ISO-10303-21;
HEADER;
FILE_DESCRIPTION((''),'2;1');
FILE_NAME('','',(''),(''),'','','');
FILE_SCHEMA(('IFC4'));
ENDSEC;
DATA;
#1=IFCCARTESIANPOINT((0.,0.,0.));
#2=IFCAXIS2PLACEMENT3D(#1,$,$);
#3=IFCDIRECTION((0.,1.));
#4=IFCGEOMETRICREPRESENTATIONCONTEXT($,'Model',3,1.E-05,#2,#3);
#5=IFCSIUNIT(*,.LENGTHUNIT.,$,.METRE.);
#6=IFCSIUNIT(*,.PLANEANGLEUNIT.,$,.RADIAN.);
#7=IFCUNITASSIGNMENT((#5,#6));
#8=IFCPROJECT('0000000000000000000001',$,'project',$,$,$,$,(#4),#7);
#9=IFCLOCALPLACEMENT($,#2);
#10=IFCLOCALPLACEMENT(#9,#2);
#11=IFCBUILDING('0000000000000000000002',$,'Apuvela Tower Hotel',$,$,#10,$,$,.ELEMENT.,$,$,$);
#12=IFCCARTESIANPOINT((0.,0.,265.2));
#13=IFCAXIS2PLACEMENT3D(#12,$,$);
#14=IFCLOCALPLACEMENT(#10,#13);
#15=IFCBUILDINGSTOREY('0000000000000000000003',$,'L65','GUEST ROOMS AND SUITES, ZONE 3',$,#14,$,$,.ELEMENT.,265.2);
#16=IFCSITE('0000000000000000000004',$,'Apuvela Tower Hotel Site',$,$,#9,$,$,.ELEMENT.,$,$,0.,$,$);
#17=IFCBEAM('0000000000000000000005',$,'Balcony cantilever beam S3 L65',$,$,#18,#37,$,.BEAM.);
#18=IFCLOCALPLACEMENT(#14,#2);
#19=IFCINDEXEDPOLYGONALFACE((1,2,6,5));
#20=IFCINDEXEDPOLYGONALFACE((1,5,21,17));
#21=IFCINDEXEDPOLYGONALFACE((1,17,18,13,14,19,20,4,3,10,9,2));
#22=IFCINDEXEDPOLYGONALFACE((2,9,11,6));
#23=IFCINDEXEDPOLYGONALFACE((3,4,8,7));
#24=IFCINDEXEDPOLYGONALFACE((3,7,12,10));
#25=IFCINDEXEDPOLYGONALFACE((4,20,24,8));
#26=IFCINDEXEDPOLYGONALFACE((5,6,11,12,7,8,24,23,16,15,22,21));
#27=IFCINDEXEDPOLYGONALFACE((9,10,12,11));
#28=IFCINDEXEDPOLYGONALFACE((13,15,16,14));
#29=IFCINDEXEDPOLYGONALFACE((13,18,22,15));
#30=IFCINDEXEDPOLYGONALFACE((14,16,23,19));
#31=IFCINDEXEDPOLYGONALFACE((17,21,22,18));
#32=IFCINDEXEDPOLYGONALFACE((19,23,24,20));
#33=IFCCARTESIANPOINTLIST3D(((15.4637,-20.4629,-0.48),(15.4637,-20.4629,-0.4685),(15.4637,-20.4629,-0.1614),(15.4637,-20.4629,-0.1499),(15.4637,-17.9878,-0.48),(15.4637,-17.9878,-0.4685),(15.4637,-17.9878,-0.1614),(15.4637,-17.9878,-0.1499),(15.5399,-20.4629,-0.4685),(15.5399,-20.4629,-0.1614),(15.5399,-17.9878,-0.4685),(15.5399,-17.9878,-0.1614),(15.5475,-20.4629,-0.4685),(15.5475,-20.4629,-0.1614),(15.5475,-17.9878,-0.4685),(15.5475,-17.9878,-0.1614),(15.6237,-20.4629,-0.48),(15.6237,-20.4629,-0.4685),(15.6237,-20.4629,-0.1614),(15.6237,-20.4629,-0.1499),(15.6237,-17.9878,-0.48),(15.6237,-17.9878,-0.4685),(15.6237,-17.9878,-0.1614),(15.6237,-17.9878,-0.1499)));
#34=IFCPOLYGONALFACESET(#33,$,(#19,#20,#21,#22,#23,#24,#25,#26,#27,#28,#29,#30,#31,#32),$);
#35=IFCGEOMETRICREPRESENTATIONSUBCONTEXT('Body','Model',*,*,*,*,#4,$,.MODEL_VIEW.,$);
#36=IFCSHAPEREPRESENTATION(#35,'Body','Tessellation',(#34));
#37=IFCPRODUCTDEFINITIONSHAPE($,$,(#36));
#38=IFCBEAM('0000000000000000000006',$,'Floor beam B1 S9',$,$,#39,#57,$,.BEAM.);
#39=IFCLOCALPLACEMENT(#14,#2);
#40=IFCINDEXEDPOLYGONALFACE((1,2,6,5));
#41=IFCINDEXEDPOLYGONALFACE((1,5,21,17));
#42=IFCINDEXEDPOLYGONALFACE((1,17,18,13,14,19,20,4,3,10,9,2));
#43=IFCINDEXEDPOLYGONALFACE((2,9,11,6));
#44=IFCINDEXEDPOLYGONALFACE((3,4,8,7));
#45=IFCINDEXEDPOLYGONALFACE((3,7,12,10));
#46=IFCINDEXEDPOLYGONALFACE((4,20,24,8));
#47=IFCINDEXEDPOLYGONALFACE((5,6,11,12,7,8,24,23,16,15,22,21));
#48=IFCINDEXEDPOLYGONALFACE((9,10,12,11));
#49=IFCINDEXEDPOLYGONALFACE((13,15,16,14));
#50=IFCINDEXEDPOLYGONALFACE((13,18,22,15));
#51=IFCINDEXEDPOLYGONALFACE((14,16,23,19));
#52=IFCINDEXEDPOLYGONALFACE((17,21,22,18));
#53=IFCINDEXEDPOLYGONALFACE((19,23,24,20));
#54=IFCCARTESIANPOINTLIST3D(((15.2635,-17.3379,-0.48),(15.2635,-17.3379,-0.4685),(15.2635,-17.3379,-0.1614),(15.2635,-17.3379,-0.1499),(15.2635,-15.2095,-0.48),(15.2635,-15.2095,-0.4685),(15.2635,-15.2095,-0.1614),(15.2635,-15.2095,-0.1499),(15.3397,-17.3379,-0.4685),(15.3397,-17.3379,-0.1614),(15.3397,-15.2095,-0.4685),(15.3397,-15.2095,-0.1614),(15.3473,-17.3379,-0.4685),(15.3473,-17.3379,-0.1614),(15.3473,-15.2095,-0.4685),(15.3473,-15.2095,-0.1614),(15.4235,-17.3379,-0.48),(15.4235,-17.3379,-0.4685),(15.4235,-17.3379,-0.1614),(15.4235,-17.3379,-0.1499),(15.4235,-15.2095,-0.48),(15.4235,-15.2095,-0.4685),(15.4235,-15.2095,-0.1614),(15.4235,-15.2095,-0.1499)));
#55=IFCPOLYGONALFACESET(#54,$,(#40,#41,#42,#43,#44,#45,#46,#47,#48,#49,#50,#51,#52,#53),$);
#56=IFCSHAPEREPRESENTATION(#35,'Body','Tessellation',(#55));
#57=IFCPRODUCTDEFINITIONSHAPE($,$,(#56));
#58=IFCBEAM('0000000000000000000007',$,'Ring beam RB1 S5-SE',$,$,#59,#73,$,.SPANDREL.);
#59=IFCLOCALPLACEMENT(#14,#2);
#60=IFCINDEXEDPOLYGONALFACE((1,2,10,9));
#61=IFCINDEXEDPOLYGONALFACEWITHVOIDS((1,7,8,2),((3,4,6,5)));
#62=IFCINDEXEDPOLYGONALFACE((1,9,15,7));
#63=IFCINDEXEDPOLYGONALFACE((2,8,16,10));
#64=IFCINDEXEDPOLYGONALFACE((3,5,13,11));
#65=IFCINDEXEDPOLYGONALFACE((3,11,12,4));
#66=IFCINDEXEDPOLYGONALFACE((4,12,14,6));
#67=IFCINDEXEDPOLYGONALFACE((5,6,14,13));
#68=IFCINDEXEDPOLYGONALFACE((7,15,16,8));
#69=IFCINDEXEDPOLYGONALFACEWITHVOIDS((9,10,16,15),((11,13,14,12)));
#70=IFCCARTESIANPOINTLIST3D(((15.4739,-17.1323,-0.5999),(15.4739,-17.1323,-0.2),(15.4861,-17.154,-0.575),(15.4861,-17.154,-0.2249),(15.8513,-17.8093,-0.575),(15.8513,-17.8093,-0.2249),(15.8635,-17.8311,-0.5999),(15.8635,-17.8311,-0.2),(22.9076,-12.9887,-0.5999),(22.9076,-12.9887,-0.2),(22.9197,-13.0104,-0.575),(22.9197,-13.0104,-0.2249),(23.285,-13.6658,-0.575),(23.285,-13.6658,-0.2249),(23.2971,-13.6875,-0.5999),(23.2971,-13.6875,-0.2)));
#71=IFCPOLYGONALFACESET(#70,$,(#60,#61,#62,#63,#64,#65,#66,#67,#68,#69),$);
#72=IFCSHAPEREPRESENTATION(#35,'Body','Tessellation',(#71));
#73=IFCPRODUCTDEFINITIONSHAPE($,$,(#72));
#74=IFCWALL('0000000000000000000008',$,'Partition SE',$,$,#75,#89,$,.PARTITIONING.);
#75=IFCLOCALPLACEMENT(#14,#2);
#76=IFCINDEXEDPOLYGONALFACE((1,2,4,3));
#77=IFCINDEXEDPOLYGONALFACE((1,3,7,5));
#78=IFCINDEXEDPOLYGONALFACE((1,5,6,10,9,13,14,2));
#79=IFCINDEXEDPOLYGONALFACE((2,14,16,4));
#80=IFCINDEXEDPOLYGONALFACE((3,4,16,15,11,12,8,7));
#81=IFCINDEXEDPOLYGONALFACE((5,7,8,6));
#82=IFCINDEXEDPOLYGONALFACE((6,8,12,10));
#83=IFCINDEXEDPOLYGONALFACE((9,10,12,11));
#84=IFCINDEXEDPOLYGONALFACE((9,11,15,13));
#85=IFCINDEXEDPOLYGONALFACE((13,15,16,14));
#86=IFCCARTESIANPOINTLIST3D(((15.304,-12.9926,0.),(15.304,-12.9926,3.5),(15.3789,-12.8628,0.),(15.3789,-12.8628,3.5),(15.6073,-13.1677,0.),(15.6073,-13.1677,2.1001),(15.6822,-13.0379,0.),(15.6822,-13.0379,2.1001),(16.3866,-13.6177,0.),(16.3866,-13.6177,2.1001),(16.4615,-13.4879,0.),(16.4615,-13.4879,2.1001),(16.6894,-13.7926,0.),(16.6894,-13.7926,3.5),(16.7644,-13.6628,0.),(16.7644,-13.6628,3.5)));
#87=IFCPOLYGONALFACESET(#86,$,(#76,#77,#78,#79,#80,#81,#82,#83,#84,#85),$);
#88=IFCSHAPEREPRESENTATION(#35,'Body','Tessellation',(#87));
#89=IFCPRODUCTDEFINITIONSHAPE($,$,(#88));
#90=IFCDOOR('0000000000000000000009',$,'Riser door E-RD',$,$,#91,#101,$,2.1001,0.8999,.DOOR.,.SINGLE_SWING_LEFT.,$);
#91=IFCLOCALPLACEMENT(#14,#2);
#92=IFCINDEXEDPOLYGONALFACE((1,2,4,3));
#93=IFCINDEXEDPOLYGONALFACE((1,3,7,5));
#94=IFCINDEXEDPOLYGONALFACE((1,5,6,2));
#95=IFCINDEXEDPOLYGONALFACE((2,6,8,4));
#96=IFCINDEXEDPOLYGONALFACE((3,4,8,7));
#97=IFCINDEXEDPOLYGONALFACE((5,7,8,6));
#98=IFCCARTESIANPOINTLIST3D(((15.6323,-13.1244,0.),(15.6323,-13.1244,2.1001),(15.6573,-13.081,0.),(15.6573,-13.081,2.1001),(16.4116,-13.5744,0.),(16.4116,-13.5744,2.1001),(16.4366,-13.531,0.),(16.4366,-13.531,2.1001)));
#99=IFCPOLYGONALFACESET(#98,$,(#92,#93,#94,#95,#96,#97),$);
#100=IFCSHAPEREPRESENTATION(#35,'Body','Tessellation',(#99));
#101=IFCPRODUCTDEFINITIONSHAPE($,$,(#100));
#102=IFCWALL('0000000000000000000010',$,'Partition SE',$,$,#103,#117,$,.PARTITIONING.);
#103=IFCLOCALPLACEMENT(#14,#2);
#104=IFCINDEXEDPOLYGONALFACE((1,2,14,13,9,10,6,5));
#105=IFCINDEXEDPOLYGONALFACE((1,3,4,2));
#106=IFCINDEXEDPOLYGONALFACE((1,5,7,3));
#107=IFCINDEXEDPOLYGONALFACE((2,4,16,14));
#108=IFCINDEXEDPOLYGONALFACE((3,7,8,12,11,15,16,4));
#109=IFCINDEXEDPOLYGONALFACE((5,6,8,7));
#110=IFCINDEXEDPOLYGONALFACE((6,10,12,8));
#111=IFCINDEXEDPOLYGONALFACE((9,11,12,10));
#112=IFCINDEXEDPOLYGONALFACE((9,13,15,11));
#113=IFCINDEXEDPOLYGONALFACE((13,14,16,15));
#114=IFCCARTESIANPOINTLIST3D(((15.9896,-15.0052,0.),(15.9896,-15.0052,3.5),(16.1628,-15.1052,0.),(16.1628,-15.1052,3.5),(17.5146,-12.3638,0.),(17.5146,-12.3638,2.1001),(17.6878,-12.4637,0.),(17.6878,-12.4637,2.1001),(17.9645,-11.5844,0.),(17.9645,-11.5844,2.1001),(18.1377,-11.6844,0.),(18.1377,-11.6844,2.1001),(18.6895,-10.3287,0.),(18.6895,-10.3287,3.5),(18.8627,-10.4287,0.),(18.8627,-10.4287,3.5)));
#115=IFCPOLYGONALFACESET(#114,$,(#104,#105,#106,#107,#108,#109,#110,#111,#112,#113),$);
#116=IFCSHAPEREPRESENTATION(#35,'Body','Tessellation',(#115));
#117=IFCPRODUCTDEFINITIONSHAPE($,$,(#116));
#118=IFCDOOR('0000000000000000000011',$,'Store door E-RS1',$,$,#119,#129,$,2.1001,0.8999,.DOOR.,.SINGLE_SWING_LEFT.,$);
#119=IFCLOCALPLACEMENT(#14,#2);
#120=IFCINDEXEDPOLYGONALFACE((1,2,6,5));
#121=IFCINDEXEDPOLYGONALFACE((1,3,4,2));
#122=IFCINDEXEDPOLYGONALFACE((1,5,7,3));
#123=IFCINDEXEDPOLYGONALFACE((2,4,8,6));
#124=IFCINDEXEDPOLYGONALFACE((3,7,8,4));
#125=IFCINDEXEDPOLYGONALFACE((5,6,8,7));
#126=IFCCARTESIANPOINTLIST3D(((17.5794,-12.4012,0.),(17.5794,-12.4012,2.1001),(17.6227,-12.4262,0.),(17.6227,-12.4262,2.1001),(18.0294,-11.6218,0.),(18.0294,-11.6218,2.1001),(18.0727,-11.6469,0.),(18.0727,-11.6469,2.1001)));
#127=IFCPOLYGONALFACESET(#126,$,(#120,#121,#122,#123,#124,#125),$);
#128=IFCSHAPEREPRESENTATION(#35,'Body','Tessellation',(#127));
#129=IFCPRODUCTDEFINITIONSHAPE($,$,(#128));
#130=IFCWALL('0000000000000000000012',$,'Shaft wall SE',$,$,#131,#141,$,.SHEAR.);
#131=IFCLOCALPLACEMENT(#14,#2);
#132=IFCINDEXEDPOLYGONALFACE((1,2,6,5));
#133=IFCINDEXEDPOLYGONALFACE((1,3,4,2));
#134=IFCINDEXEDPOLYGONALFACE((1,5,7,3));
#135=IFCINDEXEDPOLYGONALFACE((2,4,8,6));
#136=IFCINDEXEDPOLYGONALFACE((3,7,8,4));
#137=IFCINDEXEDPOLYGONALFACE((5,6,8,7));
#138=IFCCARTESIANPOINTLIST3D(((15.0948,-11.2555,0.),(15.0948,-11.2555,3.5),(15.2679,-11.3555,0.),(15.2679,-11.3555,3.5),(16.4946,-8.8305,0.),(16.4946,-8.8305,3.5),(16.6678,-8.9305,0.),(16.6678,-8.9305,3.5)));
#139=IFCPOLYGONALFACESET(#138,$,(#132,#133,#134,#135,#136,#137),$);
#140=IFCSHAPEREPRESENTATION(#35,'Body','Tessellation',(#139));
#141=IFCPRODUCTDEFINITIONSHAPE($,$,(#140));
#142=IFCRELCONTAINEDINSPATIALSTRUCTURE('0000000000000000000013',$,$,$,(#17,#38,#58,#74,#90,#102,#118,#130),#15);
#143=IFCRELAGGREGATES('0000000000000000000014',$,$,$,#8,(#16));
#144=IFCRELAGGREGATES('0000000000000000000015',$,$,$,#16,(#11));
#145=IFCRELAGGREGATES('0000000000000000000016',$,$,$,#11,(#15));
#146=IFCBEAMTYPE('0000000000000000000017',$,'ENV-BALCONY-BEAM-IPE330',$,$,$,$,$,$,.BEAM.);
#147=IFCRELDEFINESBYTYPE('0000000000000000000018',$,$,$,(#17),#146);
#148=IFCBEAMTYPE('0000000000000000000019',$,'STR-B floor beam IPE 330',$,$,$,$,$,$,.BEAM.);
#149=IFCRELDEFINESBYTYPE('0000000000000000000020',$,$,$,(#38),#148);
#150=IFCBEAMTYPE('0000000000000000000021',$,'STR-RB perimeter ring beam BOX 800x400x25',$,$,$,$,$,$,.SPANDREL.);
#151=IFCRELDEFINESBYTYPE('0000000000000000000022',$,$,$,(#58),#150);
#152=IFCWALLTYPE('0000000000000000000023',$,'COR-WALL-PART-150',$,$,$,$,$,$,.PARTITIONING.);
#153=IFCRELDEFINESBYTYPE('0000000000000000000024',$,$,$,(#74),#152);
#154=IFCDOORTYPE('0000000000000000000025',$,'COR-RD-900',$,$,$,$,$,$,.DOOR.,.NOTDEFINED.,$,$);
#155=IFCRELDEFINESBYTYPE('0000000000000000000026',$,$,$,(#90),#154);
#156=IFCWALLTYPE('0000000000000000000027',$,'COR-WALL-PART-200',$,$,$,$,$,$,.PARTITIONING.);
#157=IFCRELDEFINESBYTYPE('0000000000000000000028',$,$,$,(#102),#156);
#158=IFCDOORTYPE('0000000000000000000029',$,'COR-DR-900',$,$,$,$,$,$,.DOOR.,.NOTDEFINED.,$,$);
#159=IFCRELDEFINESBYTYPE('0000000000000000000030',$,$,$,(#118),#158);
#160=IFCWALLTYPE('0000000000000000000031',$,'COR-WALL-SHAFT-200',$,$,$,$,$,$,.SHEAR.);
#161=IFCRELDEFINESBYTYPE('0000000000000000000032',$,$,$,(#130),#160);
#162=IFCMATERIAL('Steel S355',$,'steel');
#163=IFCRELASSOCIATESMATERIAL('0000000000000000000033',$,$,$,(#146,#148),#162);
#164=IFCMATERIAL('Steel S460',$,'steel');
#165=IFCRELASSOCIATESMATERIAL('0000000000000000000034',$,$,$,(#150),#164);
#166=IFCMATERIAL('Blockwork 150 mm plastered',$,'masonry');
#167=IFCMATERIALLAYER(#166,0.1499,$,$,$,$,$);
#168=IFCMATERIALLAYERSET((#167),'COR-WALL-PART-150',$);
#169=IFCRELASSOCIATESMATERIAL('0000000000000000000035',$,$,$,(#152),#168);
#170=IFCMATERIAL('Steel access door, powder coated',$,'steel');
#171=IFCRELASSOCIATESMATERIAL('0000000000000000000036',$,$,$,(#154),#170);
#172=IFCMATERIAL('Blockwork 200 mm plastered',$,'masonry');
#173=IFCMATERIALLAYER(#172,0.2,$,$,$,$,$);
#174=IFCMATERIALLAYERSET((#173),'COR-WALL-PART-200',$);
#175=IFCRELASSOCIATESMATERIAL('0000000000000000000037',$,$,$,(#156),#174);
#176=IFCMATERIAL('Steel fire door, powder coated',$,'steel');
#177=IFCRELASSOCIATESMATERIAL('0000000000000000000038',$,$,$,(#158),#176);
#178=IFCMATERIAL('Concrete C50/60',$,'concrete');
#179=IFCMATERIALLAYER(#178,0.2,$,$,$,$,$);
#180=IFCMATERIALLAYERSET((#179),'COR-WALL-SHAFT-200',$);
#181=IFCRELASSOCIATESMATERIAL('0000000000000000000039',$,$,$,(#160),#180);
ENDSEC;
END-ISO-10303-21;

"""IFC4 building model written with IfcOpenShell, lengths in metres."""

from ifc_helpers import new_model, si_unit, direction, frame, frame_2d, origin, origin_2d, place, context, subcontext, project, spatial, rectangle, hollow_rectangle, i_section, extrude, material, layer, layer_set, material_profile, profile_set, type_object, element, fill, save


model = new_model("IFC4")

# Units and contexts
model_context = context("Model", 3, precision=1e-05, world=origin(), true_north=direction((0.0, 1.0)))
body_context = subcontext(model_context, "Body", "Model", "MODEL_VIEW")
ifc_project = project(units=[si_unit("LENGTHUNIT", "METRE"), si_unit("PLANEANGLEUNIT", "RADIAN")], contexts=[model_context])

# Site, building, storey
site_placement = place(None, origin())
site = spatial("IfcSite", under=ifc_project, at=site_placement, Name="Apuvela Tower Hotel Site", CompositionType="ELEMENT", RefElevation=0.0)
building_placement = place(site_placement, origin())
building = spatial("IfcBuilding", under=site, at=building_placement, Name="Apuvela Tower Hotel", CompositionType="ELEMENT")
storey_placement = place(building_placement, frame((0.0, 0.0, 265.2)))
storey = spatial("IfcBuildingStorey", under=building, at=storey_placement, Name="L65", Description="GUEST ROOMS AND SUITES, ZONE 3", CompositionType="ELEMENT", Elevation=265.2)

# Shared definitions
ifc_material_1 = material(Name="Steel S460", Category="steel")

# Beams
ifc_material_2 = material(Name="Steel S355", Category="steel")
ifc_material_profile_1 = material_profile(ifc_material_2, i_section(OverallWidth=0.1599, OverallDepth=0.3301, WebThickness=0.0076, FlangeThickness=0.0115, at=origin_2d()), Name="IPE 330")
ifc_profile_set_1 = profile_set([ifc_material_profile_1], Name="Steel S355")
beam_type_1 = type_object("IfcBeamType", Name="ENV-BALCONY-BEAM-IPE330", PredefinedType="BEAM", material=ifc_profile_set_1)
beam_1_placement = place(storey_placement, frame((15.5437, -17.9878, -0.3149), z_axis=(0.0, -1.0, 0.0), x_axis=(1.0, 0.0, 0.0)))
element("IfcBeam", 1, at=beam_1_placement, inside=storey, type_object=beam_type_1, Name="Balcony cantilever beam S3 L65", PredefinedType="BEAM", context=body_context, shape_type="SweptSolid", body=[
    extrude(i_section(OverallWidth=0.1599, OverallDepth=0.3301, WebThickness=0.0076, FlangeThickness=0.0115, at=origin_2d()), origin(), (0.0, 0.0, 1.0), 2.4751),
])
ifc_material_profile_2 = material_profile(ifc_material_2, i_section(OverallWidth=0.1599, OverallDepth=0.3301, WebThickness=0.0076, FlangeThickness=0.0115, at=origin_2d()), Name="IPE 330")
ifc_profile_set_2 = profile_set([ifc_material_profile_2], Name="Steel S355")
beam_type_2 = type_object("IfcBeamType", Name="STR-B floor beam IPE 330", PredefinedType="BEAM", material=ifc_profile_set_2)
beam_2_placement = place(storey_placement, frame((15.3435, -17.3379, -0.3149), z_axis=(0.0, 1.0, 0.0), x_axis=(-1.0, 0.0, 0.0)))
element("IfcBeam", 2, at=beam_2_placement, inside=storey, type_object=beam_type_2, Name="Floor beam B1 S9", PredefinedType="BEAM", context=body_context, shape_type="SweptSolid", body=[
    extrude(i_section(OverallWidth=0.1599, OverallDepth=0.3301, WebThickness=0.0076, FlangeThickness=0.0115, at=origin_2d()), origin(), (0.0, 0.0, 1.0), 2.1284),
])
ifc_material_profile_3 = material_profile(ifc_material_1, hollow_rectangle(XDim=0.8, YDim=0.3999, WallThickness=0.0249, at=origin_2d()), Name="BOX 800x400x25")
ifc_profile_set_3 = profile_set([ifc_material_profile_3], Name="Steel S460")
beam_type_3 = type_object("IfcBeamType", Name="STR-RB perimeter ring beam BOX 800x400x25", PredefinedType="SPANDREL", material=ifc_profile_set_3)
beam_3_placement = place(storey_placement, frame((15.6687, -17.4817, -0.3999), z_axis=(0.873469, 0.48688, 0.0), x_axis=(-0.48688, 0.873469, 0.0)))
element("IfcBeam", 3, at=beam_3_placement, inside=storey, type_object=beam_type_3, Name="Ring beam RB1 S5-SE", PredefinedType="SPANDREL", context=body_context, shape_type="SweptSolid", body=[
    extrude(hollow_rectangle(XDim=0.8, YDim=0.3999, WallThickness=0.0249, at=origin_2d()), origin(), (0.0, 0.0, 1.0), 8.5105),
])

# Walls, openings, doors
ifc_material_3 = material(Name="Blockwork 150 mm plastered", Category="masonry")
ifc_layer_1 = layer(ifc_material_3, 0.1499)
ifc_layer_set_1 = layer_set([ifc_layer_1], Name="COR-WALL-PART-150")
wall_type_1 = type_object("IfcWallType", Name="COR-WALL-PART-150", PredefinedType="PARTITIONING", material=ifc_layer_set_1)
wall_1_placement = place(storey_placement, frame((15.3416, -12.9277, 0.0), z_axis=(0.0, 0.0, 1.0), x_axis=(0.86599, -0.500061, 0.0)))
wall_1 = element("IfcWall", 4, at=wall_1_placement, inside=storey, type_object=wall_type_1, Name="Partition SE", PredefinedType="PARTITIONING", context=body_context, shape_type="SweptSolid", body=[
    extrude(rectangle(XDim=1.5999, YDim=0.1499, at=frame_2d((0.7998, 0.0))), origin(), (0.0, 0.0, 1.0), 3.5),
])
opening_1_placement = place(wall_1_placement, frame((0.3501, 0.0, 0.0)))
opening_1 = element("IfcOpeningElement", 5, at=opening_1_placement, cuts=wall_1, PredefinedType="OPENING", context=body_context, shape_type="SweptSolid", body=[
    extrude(rectangle(XDim=0.8999, YDim=2.1001, at=frame_2d((0.45, 1.05))), frame((0.0, 0.085, 0.0), z_axis=(0.0, -1.0, 0.0), x_axis=(1.0, 0.0, 0.0)), (0.0, 0.0, 1.0), 0.1699),
])
ifc_material_4 = material(Name="Steel access door, powder coated", Category="steel")
door_type_1 = type_object("IfcDoorType", Name="COR-RD-900", OperationType="NOTDEFINED", PredefinedType="DOOR", material=ifc_material_4)
door_1_placement = place(opening_1_placement, frame((0.8999, 0.0, 0.0), z_axis=(0.0, 0.0, 1.0), x_axis=(-1.0, 0.0, 0.0)))
door_1 = element("IfcDoor", 6, at=door_1_placement, inside=storey, type_object=door_type_1, Name="Riser door E-RD", OperationType="SINGLE_SWING_LEFT", OverallHeight=2.1001, OverallWidth=0.8999, PredefinedType="DOOR", context=body_context, shape_type="SweptSolid", body=[
    extrude(rectangle(XDim=0.8999, YDim=2.1001, at=frame_2d((0.45, 1.05))), frame((0.0, 0.0249, 0.0), z_axis=(0.0, -1.0, 0.0), x_axis=(1.0, 0.0, 0.0)), (0.0, 0.0, 1.0), 0.05),
])
fill(opening_1, door_1)
ifc_material_5 = material(Name="Blockwork 200 mm plastered", Category="masonry")
ifc_layer_2 = layer(ifc_material_5, 0.2)
ifc_layer_set_2 = layer_set([ifc_layer_2], Name="COR-WALL-PART-200")
wall_type_2 = type_object("IfcWallType", Name="COR-WALL-PART-200", PredefinedType="PARTITIONING", material=ifc_layer_set_2)
wall_2_placement = place(storey_placement, frame((16.0762, -15.0552, 0.0), z_axis=(0.0, 0.0, 1.0), x_axis=(0.499995, 0.866028, 0.0)))
wall_2 = element("IfcWall", 7, at=wall_2_placement, inside=storey, type_object=wall_type_2, Name="Partition SE", PredefinedType="PARTITIONING", context=body_context, shape_type="SweptSolid", body=[
    extrude(rectangle(XDim=5.3999, YDim=0.2, at=frame_2d((2.7, 0.0))), origin(), (0.0, 0.0, 1.0), 3.5),
])
opening_2_placement = place(wall_2_placement, frame((3.05, 0.0, 0.0)))
opening_2 = element("IfcOpeningElement", 8, at=opening_2_placement, cuts=wall_2, PredefinedType="OPENING", context=body_context, shape_type="SweptSolid", body=[
    extrude(rectangle(XDim=0.8999, YDim=2.1001, at=frame_2d((0.45, 1.05))), frame((0.0, 0.1099, 0.0), z_axis=(0.0, -1.0, 0.0), x_axis=(1.0, 0.0, 0.0)), (0.0, 0.0, 1.0), 0.22),
])
ifc_material_6 = material(Name="Steel fire door, powder coated", Category="steel")
door_type_2 = type_object("IfcDoorType", Name="COR-DR-900", OperationType="NOTDEFINED", PredefinedType="DOOR", material=ifc_material_6)
door_2_placement = place(opening_2_placement, frame((0.8999, 0.0, 0.0), z_axis=(0.0, 0.0, 1.0), x_axis=(-1.0, 0.0, 0.0)))
door_2 = element("IfcDoor", 9, at=door_2_placement, inside=storey, type_object=door_type_2, Name="Store door E-RS1", OperationType="SINGLE_SWING_LEFT", OverallHeight=2.1001, OverallWidth=0.8999, PredefinedType="DOOR", context=body_context, shape_type="SweptSolid", body=[
    extrude(rectangle(XDim=0.8999, YDim=2.1001, at=frame_2d((0.45, 1.05))), frame((0.0, 0.0249, 0.0), z_axis=(0.0, -1.0, 0.0), x_axis=(1.0, 0.0, 0.0)), (0.0, 0.0, 1.0), 0.05),
])
fill(opening_2, door_2)

# Wall
ifc_material_7 = material(Name="Concrete C50/60", Category="concrete")
ifc_layer_3 = layer(ifc_material_7, 0.2)
ifc_layer_set_3 = layer_set([ifc_layer_3], Name="COR-WALL-SHAFT-200")
wall_type_3 = type_object("IfcWallType", Name="COR-WALL-SHAFT-200", PredefinedType="SHEAR", material=ifc_layer_set_3)
wall_3_placement = place(storey_placement, frame((15.1814, -11.3054, 0.0), z_axis=(0.0, 0.0, 1.0), x_axis=(0.499946, 0.866056, 0.0)))
element("IfcWall", 10, at=wall_3_placement, inside=storey, type_object=wall_type_3, Name="Shaft wall SE", PredefinedType="SHEAR", context=body_context, shape_type="SweptSolid", body=[
    extrude(rectangle(XDim=2.8, YDim=0.2, at=frame_2d((1.3999, 0.0))), origin(), (0.0, 0.0, 1.0), 3.5),
])

save(model, "model.ifc")
